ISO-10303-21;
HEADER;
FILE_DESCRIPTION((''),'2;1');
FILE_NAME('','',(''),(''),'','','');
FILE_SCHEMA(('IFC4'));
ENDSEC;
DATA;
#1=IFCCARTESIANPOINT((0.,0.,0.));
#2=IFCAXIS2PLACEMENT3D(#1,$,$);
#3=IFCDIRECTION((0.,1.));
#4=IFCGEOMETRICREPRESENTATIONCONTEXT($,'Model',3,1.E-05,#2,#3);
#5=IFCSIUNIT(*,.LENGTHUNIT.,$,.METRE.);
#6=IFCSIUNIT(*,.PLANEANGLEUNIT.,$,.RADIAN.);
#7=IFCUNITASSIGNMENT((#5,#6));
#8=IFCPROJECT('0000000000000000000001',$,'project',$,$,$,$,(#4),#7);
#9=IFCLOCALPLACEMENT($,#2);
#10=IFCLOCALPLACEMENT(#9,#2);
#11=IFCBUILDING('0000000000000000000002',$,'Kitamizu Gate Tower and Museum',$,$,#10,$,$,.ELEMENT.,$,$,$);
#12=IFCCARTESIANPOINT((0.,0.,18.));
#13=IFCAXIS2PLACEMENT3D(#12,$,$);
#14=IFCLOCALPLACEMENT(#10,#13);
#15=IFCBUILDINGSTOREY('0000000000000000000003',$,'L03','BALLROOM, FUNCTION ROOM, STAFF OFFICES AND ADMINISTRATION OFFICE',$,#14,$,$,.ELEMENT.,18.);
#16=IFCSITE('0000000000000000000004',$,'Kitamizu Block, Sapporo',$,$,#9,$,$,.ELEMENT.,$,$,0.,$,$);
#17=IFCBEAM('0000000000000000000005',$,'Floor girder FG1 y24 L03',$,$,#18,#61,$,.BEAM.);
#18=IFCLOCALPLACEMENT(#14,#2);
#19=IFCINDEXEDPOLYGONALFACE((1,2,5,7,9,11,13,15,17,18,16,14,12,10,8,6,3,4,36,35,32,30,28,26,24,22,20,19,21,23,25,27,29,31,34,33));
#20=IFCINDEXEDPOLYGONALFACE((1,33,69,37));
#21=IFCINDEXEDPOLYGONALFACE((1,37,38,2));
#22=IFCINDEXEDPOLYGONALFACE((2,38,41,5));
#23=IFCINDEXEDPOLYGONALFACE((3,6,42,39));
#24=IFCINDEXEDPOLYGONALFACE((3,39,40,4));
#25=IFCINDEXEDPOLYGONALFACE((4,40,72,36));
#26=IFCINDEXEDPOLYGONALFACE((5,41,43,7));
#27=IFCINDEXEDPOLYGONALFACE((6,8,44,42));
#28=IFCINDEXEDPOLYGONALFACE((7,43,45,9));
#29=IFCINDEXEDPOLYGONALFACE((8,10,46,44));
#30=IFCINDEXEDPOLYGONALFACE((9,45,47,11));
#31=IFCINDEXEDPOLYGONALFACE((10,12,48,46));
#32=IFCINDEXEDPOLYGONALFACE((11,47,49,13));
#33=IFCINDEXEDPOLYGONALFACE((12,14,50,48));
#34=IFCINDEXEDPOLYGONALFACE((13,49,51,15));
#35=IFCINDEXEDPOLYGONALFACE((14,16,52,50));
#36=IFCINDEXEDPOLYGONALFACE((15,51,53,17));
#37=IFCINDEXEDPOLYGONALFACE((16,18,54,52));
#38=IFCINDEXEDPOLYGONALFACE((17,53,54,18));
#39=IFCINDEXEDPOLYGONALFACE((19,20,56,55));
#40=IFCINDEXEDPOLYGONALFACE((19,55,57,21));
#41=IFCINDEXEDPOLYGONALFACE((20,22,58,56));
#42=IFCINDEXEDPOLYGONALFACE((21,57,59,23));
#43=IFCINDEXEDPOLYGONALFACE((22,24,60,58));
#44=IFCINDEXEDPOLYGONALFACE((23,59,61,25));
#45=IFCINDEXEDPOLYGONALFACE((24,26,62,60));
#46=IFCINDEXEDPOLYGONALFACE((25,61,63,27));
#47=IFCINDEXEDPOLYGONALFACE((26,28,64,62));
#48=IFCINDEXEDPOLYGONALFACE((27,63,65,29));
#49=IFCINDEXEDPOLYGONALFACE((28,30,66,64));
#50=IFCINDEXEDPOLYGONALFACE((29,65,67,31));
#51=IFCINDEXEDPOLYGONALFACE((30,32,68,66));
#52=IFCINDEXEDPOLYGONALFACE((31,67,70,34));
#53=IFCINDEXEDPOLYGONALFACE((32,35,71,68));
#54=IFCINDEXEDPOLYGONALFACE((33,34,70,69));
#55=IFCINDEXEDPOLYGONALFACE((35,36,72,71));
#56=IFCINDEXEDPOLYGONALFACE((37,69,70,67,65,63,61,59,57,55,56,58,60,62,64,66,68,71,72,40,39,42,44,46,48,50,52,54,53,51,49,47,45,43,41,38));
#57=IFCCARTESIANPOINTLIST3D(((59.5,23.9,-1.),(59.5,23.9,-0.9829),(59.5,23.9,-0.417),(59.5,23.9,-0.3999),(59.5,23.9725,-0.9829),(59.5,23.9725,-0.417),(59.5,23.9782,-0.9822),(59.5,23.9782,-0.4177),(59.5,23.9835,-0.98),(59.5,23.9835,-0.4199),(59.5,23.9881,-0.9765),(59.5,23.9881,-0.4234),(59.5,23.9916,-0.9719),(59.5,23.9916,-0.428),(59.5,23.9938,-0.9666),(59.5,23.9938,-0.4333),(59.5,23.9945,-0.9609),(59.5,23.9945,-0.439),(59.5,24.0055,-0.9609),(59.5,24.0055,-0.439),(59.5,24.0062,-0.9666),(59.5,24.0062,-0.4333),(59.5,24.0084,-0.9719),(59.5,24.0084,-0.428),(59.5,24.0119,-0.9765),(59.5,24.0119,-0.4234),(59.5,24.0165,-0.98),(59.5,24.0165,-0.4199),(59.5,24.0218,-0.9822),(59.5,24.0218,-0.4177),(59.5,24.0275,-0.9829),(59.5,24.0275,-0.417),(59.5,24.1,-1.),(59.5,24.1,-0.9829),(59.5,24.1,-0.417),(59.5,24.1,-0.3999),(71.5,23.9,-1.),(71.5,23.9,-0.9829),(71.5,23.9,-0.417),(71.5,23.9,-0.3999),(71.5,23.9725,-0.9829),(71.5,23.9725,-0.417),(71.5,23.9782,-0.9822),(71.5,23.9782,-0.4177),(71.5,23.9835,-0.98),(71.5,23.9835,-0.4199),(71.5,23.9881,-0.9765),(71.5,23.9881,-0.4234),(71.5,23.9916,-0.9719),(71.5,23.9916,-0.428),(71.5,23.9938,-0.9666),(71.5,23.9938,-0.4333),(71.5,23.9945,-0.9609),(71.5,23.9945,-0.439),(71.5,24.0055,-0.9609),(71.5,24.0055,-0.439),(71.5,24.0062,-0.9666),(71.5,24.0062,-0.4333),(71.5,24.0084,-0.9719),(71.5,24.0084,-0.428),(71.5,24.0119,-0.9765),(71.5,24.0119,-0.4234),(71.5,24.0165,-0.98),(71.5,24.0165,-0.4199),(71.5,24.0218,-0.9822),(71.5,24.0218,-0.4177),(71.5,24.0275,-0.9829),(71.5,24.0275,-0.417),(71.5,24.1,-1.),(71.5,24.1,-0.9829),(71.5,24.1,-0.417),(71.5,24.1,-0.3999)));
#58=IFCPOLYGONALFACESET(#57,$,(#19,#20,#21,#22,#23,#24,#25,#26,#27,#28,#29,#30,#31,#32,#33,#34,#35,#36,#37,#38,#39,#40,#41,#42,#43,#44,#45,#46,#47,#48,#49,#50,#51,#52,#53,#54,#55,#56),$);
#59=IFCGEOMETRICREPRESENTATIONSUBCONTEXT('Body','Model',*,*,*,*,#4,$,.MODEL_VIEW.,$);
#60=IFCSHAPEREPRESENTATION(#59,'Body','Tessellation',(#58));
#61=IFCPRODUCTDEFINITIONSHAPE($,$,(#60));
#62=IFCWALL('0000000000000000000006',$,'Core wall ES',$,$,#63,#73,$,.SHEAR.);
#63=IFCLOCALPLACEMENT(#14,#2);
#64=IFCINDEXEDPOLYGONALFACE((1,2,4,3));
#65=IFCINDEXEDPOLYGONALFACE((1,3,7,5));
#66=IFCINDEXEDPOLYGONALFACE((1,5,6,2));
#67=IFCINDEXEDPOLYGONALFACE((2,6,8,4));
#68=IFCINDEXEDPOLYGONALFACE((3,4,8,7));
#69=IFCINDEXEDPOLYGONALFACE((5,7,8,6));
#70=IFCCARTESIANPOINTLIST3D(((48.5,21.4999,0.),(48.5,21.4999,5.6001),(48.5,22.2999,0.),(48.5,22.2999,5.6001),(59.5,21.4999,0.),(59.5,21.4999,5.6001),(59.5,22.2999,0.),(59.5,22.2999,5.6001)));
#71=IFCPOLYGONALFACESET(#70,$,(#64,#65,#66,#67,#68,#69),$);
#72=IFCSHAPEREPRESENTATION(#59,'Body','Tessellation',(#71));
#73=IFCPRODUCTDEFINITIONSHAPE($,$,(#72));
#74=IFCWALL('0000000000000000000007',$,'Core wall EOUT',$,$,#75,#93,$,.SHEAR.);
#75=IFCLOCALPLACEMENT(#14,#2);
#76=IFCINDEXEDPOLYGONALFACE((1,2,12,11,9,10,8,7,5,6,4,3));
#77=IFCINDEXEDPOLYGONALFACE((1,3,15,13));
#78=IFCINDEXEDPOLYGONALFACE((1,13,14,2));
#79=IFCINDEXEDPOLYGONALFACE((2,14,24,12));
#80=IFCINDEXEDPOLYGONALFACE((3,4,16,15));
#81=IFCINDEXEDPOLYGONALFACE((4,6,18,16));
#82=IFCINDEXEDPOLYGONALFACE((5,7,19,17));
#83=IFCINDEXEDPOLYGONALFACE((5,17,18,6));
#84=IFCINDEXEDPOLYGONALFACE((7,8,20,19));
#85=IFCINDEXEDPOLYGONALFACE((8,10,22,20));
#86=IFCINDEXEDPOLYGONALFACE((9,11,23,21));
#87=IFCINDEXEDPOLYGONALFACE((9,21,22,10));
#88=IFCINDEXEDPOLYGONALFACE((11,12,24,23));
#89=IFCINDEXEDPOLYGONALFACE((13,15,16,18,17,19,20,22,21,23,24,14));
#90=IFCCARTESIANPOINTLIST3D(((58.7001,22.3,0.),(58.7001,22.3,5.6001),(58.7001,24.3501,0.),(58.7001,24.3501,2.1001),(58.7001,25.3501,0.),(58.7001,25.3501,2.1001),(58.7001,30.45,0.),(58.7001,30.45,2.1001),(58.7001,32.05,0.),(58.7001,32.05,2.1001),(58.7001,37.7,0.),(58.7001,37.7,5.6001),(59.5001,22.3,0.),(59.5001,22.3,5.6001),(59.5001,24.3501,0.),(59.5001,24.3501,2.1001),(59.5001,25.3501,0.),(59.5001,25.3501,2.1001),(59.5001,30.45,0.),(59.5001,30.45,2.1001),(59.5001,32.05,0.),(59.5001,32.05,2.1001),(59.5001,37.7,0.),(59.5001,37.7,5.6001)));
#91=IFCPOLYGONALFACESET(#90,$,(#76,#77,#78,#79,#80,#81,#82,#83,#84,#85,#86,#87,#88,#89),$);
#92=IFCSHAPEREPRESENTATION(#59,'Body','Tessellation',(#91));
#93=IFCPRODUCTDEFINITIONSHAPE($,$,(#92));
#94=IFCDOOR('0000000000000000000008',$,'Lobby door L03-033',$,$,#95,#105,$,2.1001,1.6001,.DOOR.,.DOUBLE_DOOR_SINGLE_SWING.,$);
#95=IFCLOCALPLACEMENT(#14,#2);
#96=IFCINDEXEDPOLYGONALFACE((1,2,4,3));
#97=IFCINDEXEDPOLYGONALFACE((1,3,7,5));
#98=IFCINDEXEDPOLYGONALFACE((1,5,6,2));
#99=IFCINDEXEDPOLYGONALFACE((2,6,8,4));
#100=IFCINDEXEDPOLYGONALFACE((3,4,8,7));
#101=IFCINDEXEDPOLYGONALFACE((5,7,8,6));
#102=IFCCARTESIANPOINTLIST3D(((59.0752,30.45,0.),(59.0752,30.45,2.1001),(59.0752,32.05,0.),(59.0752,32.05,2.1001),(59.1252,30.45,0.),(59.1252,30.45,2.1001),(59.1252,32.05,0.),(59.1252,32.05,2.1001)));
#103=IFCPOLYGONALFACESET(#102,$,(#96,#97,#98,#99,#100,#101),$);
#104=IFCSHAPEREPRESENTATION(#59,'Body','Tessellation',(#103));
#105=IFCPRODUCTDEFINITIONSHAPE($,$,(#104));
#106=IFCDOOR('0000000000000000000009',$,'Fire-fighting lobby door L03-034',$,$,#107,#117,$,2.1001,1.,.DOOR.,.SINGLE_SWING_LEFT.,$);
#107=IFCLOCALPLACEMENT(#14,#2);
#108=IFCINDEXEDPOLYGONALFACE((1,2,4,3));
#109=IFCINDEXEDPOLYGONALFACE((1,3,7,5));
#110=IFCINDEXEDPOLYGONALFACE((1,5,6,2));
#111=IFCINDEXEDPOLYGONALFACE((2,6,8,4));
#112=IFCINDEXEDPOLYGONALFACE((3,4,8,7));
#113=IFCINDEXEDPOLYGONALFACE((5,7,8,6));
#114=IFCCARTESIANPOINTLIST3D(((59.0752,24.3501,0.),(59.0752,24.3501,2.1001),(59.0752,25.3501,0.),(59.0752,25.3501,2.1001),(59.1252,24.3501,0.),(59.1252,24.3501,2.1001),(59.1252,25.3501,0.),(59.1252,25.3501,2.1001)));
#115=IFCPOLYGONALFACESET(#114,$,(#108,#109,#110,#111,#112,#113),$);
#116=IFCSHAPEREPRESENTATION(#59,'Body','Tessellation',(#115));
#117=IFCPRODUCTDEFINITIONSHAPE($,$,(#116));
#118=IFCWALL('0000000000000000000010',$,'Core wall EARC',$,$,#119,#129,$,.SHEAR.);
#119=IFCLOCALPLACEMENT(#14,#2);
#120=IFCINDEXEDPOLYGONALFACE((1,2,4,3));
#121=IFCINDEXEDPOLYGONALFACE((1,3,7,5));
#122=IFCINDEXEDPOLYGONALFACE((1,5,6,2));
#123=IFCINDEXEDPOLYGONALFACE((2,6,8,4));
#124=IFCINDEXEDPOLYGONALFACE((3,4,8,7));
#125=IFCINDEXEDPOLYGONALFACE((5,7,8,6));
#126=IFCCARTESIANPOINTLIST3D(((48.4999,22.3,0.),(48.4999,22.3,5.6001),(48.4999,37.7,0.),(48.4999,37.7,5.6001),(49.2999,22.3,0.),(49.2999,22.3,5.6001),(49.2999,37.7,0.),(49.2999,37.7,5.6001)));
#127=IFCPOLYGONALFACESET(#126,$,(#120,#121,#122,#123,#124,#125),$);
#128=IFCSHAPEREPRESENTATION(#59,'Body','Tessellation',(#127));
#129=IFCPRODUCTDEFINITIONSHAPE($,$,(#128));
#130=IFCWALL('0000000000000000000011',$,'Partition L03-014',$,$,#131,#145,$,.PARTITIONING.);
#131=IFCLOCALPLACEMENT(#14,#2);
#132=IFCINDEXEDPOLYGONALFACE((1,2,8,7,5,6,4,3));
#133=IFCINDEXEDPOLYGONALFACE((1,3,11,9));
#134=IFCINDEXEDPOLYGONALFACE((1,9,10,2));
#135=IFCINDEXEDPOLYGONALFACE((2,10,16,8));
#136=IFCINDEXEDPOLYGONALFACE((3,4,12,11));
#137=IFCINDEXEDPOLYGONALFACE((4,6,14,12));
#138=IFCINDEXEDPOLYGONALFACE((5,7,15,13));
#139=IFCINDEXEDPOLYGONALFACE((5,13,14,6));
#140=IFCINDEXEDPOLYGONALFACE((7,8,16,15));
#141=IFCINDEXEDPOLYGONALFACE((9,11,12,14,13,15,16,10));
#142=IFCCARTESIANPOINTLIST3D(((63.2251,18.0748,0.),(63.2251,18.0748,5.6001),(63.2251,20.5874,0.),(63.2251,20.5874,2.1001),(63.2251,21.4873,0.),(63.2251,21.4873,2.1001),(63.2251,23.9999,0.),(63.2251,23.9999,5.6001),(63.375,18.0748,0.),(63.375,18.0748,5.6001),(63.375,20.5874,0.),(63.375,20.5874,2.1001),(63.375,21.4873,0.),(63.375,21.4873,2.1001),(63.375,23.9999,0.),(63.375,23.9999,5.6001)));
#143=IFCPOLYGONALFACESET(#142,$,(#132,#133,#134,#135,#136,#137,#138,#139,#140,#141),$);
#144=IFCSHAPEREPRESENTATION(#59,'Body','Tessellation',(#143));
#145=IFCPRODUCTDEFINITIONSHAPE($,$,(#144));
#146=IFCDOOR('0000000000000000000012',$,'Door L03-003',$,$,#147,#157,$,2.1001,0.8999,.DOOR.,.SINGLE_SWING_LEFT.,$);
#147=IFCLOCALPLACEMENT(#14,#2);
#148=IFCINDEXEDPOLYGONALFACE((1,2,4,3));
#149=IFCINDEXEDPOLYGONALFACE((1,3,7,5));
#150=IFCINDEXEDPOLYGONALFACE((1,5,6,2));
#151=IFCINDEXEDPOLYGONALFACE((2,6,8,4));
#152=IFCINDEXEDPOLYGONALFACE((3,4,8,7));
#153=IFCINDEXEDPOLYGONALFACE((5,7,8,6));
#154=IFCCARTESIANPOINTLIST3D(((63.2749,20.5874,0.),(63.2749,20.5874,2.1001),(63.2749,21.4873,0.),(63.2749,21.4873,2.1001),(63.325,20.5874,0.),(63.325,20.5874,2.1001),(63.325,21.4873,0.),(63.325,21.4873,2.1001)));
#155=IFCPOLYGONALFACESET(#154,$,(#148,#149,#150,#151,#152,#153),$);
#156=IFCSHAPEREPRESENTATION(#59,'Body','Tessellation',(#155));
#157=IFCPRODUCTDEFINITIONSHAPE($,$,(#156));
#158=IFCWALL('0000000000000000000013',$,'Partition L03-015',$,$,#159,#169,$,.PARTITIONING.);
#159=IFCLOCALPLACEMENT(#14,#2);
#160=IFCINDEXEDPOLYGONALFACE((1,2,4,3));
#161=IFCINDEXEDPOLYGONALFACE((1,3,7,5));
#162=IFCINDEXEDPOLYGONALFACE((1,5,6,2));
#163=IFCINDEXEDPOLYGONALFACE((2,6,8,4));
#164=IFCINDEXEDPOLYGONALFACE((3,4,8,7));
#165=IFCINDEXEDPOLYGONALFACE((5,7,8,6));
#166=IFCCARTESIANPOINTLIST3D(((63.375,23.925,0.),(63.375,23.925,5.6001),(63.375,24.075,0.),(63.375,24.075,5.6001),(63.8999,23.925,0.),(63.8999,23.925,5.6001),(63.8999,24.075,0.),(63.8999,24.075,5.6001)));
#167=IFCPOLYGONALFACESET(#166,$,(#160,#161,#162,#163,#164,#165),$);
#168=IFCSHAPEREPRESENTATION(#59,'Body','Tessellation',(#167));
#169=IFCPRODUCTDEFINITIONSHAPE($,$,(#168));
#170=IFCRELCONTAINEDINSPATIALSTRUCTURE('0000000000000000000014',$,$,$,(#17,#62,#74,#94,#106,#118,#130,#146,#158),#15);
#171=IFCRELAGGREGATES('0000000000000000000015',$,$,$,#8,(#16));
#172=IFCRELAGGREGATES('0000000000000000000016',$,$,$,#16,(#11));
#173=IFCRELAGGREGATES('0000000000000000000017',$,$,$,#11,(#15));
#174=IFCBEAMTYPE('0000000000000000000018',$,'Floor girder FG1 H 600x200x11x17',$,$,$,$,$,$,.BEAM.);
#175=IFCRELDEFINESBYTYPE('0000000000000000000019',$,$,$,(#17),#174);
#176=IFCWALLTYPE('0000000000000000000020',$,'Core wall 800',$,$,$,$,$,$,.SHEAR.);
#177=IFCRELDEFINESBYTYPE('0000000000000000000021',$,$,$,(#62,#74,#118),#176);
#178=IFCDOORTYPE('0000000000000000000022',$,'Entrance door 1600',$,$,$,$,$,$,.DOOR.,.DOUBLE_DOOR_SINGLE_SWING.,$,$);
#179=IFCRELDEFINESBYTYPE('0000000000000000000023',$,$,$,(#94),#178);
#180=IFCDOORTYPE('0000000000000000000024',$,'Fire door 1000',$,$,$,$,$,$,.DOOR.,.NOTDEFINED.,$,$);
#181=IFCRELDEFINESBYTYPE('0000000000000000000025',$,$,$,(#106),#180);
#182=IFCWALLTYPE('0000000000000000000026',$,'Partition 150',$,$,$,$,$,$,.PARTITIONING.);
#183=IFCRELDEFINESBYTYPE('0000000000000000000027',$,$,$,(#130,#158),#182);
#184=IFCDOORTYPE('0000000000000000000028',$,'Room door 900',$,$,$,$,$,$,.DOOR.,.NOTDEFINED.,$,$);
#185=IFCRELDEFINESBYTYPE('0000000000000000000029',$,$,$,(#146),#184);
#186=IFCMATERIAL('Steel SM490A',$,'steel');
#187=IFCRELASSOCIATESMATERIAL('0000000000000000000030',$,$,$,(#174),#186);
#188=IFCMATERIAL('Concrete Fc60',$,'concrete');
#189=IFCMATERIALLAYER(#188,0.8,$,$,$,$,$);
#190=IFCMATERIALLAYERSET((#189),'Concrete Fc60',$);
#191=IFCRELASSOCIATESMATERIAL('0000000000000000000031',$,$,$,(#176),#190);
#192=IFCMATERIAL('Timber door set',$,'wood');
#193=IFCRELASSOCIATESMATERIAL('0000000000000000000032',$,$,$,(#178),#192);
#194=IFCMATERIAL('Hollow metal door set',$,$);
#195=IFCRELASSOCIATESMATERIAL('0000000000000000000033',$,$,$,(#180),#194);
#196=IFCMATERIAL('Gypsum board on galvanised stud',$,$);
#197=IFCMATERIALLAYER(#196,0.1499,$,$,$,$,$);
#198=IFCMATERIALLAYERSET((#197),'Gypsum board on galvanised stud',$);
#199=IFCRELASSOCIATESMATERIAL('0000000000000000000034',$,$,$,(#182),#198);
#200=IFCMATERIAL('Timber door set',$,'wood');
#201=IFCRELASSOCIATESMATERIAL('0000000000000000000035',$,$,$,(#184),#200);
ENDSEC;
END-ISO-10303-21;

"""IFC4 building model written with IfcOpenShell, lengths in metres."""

from ifc_helpers import new_model, si_unit, direction, frame, frame_2d, origin, origin_2d, place, context, subcontext, project, spatial, rectangle, i_section, extrude, material, layer, layer_set, material_profile, profile_set, type_object, element, fill, save


model = new_model("IFC4")

# Units and contexts
model_context = context("Model", 3, precision=1e-05, world=origin(), true_north=direction((0.0, 1.0)))
body_context = subcontext(model_context, "Body", "Model", "MODEL_VIEW")
ifc_project = project(units=[si_unit("LENGTHUNIT", "METRE"), si_unit("PLANEANGLEUNIT", "RADIAN")], contexts=[model_context])

# Site, building, storey
site_placement = place(None, origin())
site = spatial("IfcSite", under=ifc_project, at=site_placement, Name="Kitamizu Block, Sapporo", CompositionType="ELEMENT", RefElevation=0.0)
building_placement = place(site_placement, origin())
building = spatial("IfcBuilding", under=site, at=building_placement, Name="Kitamizu Gate Tower and Museum", CompositionType="ELEMENT")
storey_placement = place(building_placement, frame((0.0, 0.0, 18.0)))
storey = spatial("IfcBuildingStorey", under=building, at=storey_placement, Name="L03", Description="BALLROOM, FUNCTION ROOM, STAFF OFFICES AND ADMINISTRATION OFFICE", CompositionType="ELEMENT", Elevation=18.0)

# Beam
ifc_material_1 = material(Name="Steel SM490A", Category="steel")
ifc_material_profile = material_profile(ifc_material_1, i_section(OverallWidth=0.2, OverallDepth=0.6001, WebThickness=0.011, FlangeThickness=0.0171, FilletRadius=0.022, at=origin_2d()), Name="H-600x200x11x17")
ifc_profile_set = profile_set([ifc_material_profile], Name="Steel SM490A")
beam_type = type_object("IfcBeamType", Name="Floor girder FG1 H 600x200x11x17", PredefinedType="BEAM", material=ifc_profile_set)
beam_placement = place(storey_placement, frame((59.5, 24.0, -0.7), z_axis=(1.0, 0.0, 0.0), x_axis=(0.0, 1.0, 0.0)))
element("IfcBeam", 1, at=beam_placement, inside=storey, type_object=beam_type, Name="Floor girder FG1 y24 L03", PredefinedType="BEAM", context=body_context, shape_type="SweptSolid", body=[
    extrude(i_section(OverallWidth=0.2, OverallDepth=0.6001, WebThickness=0.011, FlangeThickness=0.0171, FilletRadius=0.022, at=origin_2d()), origin(), (0.0, 0.0, 1.0), 12.0),
])

# Wall
ifc_material_2 = material(Name="Concrete Fc60", Category="concrete")
ifc_layer_1 = layer(ifc_material_2, 0.8)
ifc_layer_set_1 = layer_set([ifc_layer_1], Name="Concrete Fc60")
wall_type_1 = type_object("IfcWallType", Name="Core wall 800", PredefinedType="SHEAR", material=ifc_layer_set_1)
wall_1_placement = place(storey_placement, frame((59.5, 21.8999, 0.0), z_axis=(0.0, 0.0, 1.0), x_axis=(-1.0, 0.0, 0.0)))
element("IfcWall", 2, at=wall_1_placement, inside=storey, type_object=wall_type_1, Name="Core wall ES", PredefinedType="SHEAR", context=body_context, shape_type="SweptSolid", body=[
    extrude(rectangle(XDim=11.0, YDim=0.8, at=frame_2d((5.5, 0.0))), origin(), (0.0, 0.0, 1.0), 5.6001),
])

# Wall, openings, doors
wall_2_placement = place(storey_placement, frame((59.1001, 22.3, 0.0), z_axis=(0.0, 0.0, 1.0), x_axis=(0.0, 1.0, 0.0)))
wall_2 = element("IfcWall", 3, at=wall_2_placement, inside=storey, type_object=wall_type_1, Name="Core wall EOUT", PredefinedType="SHEAR", context=body_context, shape_type="SweptSolid", body=[
    extrude(rectangle(XDim=15.3999, YDim=0.8, at=frame_2d((7.7, 0.0))), origin(), (0.0, 0.0, 1.0), 5.6001),
])
opening_1_placement = place(wall_2_placement, frame((8.1499, 0.0, 0.0)))
opening_1 = element("IfcOpeningElement", 4, at=opening_1_placement, cuts=wall_2, PredefinedType="OPENING", context=body_context, shape_type="SweptSolid", body=[
    extrude(rectangle(XDim=1.6001, YDim=2.1001, at=frame_2d((0.8, 1.05))), frame((0.0, 0.4102, 0.0), z_axis=(0.0, -1.0, 0.0), x_axis=(1.0, 0.0, 0.0)), (0.0, 0.0, 1.0), 0.8201),
])
opening_2_placement = place(wall_2_placement, frame((2.05, 0.0, 0.0)))
opening_2 = element("IfcOpeningElement", 5, at=opening_2_placement, cuts=wall_2, PredefinedType="OPENING", context=body_context, shape_type="SweptSolid", body=[
    extrude(rectangle(XDim=1.0, YDim=2.1001, at=frame_2d((0.5, 1.05))), frame((0.0, 0.4102, 0.0), z_axis=(0.0, -1.0, 0.0), x_axis=(1.0, 0.0, 0.0)), (0.0, 0.0, 1.0), 0.8201),
])
ifc_material_3 = material(Name="Timber door set", Category="wood")
door_type_1 = type_object("IfcDoorType", Name="Entrance door 1600", OperationType="DOUBLE_DOOR_SINGLE_SWING", PredefinedType="DOOR", material=ifc_material_3)
door_1_placement = place(opening_1_placement, origin())
door_1 = element("IfcDoor", 6, at=door_1_placement, inside=storey, type_object=door_type_1, Name="Lobby door L03-033", OperationType="DOUBLE_DOOR_SINGLE_SWING", OverallHeight=2.1001, OverallWidth=1.6001, PredefinedType="DOOR", context=body_context, shape_type="SweptSolid", body=[
    extrude(rectangle(XDim=1.6001, YDim=2.1001, at=frame_2d((0.8, 1.05))), frame((0.0, 0.0249, 0.0), z_axis=(0.0, -1.0, 0.0), x_axis=(1.0, 0.0, 0.0)), (0.0, 0.0, 1.0), 0.05),
])
fill(opening_1, door_1)
ifc_material_4 = material(Name="Hollow metal door set")
door_type_2 = type_object("IfcDoorType", Name="Fire door 1000", OperationType="NOTDEFINED", PredefinedType="DOOR", material=ifc_material_4)
door_2_placement = place(opening_2_placement, origin())
door_2 = element("IfcDoor", 7, at=door_2_placement, inside=storey, type_object=door_type_2, Name="Fire-fighting lobby door L03-034", OperationType="SINGLE_SWING_LEFT", OverallHeight=2.1001, OverallWidth=1.0, PredefinedType="DOOR", context=body_context, shape_type="SweptSolid", body=[
    extrude(rectangle(XDim=1.0, YDim=2.1001, at=frame_2d((0.5, 1.05))), frame((0.0, 0.0249, 0.0), z_axis=(0.0, -1.0, 0.0), x_axis=(1.0, 0.0, 0.0)), (0.0, 0.0, 1.0), 0.05),
])
fill(opening_2, door_2)

# Wall
wall_3_placement = place(storey_placement, frame((48.8999, 22.3, 0.0), z_axis=(0.0, 0.0, 1.0), x_axis=(0.0, 1.0, 0.0)))
element("IfcWall", 8, at=wall_3_placement, inside=storey, type_object=wall_type_1, Name="Core wall EARC", PredefinedType="SHEAR", context=body_context, shape_type="SweptSolid", body=[
    extrude(rectangle(XDim=15.3999, YDim=0.8, at=frame_2d((7.7, 0.0))), origin(), (0.0, 0.0, 1.0), 5.6001),
])

# Wall, opening, door
ifc_material_5 = material(Name="Gypsum board on galvanised stud")
ifc_layer_2 = layer(ifc_material_5, 0.1499)
ifc_layer_set_2 = layer_set([ifc_layer_2], Name="Gypsum board on galvanised stud")
wall_type_2 = type_object("IfcWallType", Name="Partition 150", PredefinedType="PARTITIONING", material=ifc_layer_set_2)
wall_4_placement = place(storey_placement, frame((63.3, 18.075, 0.0), z_axis=(0.0, 0.0, 1.0), x_axis=(0.0, 1.0, 0.0)))
wall_4 = element("IfcWall", 9, at=wall_4_placement, inside=storey, type_object=wall_type_2, Name="Partition L03-014", PredefinedType="PARTITIONING", context=body_context, shape_type="SweptSolid", body=[
    extrude(rectangle(XDim=5.925, YDim=0.1499, at=frame_2d((2.9624, 0.0))), origin(), (0.0, 0.0, 1.0), 5.6001),
])
opening_3_placement = place(wall_4_placement, frame((2.5125, 0.0, 0.0)))
opening_3 = element("IfcOpeningElement", 10, at=opening_3_placement, cuts=wall_4, PredefinedType="OPENING", context=body_context, shape_type="SweptSolid", body=[
    extrude(rectangle(XDim=0.8999, YDim=2.1001, at=frame_2d((0.45, 1.05))), frame((0.0, 0.085, 0.0), z_axis=(0.0, -1.0, 0.0), x_axis=(1.0, 0.0, 0.0)), (0.0, 0.0, 1.0), 0.1699),
])
ifc_material_6 = material(Name="Timber door set", Category="wood")
door_type_3 = type_object("IfcDoorType", Name="Room door 900", OperationType="NOTDEFINED", PredefinedType="DOOR", material=ifc_material_6)
door_3_placement = place(opening_3_placement, frame((0.8999, 0.0, 0.0), x_axis=(-1.0, 0.0, 0.0)))
door_3 = element("IfcDoor", 11, at=door_3_placement, inside=storey, type_object=door_type_3, Name="Door L03-003", OperationType="SINGLE_SWING_LEFT", OverallHeight=2.1001, OverallWidth=0.8999, PredefinedType="DOOR", context=body_context, shape_type="SweptSolid", body=[
    extrude(rectangle(XDim=0.8999, YDim=2.1001, at=frame_2d((0.45, 1.05))), frame((0.0, 0.0249, 0.0), z_axis=(0.0, -1.0, 0.0), x_axis=(1.0, 0.0, 0.0)), (0.0, 0.0, 1.0), 0.05),
])
fill(opening_3, door_3)

# Wall
wall_5_placement = place(storey_placement, frame((63.375, 24.0, 0.0), z_axis=(0.0, 0.0, 1.0), x_axis=(1.0, 0.0, 0.0)))
element("IfcWall", 12, at=wall_5_placement, inside=storey, type_object=wall_type_2, Name="Partition L03-015", PredefinedType="PARTITIONING", context=body_context, shape_type="SweptSolid", body=[
    extrude(rectangle(XDim=0.5249, YDim=0.1499, at=frame_2d((0.2625, 0.0))), origin(), (0.0, 0.0, 1.0), 5.6001),
])

save(model, "model.ifc")
